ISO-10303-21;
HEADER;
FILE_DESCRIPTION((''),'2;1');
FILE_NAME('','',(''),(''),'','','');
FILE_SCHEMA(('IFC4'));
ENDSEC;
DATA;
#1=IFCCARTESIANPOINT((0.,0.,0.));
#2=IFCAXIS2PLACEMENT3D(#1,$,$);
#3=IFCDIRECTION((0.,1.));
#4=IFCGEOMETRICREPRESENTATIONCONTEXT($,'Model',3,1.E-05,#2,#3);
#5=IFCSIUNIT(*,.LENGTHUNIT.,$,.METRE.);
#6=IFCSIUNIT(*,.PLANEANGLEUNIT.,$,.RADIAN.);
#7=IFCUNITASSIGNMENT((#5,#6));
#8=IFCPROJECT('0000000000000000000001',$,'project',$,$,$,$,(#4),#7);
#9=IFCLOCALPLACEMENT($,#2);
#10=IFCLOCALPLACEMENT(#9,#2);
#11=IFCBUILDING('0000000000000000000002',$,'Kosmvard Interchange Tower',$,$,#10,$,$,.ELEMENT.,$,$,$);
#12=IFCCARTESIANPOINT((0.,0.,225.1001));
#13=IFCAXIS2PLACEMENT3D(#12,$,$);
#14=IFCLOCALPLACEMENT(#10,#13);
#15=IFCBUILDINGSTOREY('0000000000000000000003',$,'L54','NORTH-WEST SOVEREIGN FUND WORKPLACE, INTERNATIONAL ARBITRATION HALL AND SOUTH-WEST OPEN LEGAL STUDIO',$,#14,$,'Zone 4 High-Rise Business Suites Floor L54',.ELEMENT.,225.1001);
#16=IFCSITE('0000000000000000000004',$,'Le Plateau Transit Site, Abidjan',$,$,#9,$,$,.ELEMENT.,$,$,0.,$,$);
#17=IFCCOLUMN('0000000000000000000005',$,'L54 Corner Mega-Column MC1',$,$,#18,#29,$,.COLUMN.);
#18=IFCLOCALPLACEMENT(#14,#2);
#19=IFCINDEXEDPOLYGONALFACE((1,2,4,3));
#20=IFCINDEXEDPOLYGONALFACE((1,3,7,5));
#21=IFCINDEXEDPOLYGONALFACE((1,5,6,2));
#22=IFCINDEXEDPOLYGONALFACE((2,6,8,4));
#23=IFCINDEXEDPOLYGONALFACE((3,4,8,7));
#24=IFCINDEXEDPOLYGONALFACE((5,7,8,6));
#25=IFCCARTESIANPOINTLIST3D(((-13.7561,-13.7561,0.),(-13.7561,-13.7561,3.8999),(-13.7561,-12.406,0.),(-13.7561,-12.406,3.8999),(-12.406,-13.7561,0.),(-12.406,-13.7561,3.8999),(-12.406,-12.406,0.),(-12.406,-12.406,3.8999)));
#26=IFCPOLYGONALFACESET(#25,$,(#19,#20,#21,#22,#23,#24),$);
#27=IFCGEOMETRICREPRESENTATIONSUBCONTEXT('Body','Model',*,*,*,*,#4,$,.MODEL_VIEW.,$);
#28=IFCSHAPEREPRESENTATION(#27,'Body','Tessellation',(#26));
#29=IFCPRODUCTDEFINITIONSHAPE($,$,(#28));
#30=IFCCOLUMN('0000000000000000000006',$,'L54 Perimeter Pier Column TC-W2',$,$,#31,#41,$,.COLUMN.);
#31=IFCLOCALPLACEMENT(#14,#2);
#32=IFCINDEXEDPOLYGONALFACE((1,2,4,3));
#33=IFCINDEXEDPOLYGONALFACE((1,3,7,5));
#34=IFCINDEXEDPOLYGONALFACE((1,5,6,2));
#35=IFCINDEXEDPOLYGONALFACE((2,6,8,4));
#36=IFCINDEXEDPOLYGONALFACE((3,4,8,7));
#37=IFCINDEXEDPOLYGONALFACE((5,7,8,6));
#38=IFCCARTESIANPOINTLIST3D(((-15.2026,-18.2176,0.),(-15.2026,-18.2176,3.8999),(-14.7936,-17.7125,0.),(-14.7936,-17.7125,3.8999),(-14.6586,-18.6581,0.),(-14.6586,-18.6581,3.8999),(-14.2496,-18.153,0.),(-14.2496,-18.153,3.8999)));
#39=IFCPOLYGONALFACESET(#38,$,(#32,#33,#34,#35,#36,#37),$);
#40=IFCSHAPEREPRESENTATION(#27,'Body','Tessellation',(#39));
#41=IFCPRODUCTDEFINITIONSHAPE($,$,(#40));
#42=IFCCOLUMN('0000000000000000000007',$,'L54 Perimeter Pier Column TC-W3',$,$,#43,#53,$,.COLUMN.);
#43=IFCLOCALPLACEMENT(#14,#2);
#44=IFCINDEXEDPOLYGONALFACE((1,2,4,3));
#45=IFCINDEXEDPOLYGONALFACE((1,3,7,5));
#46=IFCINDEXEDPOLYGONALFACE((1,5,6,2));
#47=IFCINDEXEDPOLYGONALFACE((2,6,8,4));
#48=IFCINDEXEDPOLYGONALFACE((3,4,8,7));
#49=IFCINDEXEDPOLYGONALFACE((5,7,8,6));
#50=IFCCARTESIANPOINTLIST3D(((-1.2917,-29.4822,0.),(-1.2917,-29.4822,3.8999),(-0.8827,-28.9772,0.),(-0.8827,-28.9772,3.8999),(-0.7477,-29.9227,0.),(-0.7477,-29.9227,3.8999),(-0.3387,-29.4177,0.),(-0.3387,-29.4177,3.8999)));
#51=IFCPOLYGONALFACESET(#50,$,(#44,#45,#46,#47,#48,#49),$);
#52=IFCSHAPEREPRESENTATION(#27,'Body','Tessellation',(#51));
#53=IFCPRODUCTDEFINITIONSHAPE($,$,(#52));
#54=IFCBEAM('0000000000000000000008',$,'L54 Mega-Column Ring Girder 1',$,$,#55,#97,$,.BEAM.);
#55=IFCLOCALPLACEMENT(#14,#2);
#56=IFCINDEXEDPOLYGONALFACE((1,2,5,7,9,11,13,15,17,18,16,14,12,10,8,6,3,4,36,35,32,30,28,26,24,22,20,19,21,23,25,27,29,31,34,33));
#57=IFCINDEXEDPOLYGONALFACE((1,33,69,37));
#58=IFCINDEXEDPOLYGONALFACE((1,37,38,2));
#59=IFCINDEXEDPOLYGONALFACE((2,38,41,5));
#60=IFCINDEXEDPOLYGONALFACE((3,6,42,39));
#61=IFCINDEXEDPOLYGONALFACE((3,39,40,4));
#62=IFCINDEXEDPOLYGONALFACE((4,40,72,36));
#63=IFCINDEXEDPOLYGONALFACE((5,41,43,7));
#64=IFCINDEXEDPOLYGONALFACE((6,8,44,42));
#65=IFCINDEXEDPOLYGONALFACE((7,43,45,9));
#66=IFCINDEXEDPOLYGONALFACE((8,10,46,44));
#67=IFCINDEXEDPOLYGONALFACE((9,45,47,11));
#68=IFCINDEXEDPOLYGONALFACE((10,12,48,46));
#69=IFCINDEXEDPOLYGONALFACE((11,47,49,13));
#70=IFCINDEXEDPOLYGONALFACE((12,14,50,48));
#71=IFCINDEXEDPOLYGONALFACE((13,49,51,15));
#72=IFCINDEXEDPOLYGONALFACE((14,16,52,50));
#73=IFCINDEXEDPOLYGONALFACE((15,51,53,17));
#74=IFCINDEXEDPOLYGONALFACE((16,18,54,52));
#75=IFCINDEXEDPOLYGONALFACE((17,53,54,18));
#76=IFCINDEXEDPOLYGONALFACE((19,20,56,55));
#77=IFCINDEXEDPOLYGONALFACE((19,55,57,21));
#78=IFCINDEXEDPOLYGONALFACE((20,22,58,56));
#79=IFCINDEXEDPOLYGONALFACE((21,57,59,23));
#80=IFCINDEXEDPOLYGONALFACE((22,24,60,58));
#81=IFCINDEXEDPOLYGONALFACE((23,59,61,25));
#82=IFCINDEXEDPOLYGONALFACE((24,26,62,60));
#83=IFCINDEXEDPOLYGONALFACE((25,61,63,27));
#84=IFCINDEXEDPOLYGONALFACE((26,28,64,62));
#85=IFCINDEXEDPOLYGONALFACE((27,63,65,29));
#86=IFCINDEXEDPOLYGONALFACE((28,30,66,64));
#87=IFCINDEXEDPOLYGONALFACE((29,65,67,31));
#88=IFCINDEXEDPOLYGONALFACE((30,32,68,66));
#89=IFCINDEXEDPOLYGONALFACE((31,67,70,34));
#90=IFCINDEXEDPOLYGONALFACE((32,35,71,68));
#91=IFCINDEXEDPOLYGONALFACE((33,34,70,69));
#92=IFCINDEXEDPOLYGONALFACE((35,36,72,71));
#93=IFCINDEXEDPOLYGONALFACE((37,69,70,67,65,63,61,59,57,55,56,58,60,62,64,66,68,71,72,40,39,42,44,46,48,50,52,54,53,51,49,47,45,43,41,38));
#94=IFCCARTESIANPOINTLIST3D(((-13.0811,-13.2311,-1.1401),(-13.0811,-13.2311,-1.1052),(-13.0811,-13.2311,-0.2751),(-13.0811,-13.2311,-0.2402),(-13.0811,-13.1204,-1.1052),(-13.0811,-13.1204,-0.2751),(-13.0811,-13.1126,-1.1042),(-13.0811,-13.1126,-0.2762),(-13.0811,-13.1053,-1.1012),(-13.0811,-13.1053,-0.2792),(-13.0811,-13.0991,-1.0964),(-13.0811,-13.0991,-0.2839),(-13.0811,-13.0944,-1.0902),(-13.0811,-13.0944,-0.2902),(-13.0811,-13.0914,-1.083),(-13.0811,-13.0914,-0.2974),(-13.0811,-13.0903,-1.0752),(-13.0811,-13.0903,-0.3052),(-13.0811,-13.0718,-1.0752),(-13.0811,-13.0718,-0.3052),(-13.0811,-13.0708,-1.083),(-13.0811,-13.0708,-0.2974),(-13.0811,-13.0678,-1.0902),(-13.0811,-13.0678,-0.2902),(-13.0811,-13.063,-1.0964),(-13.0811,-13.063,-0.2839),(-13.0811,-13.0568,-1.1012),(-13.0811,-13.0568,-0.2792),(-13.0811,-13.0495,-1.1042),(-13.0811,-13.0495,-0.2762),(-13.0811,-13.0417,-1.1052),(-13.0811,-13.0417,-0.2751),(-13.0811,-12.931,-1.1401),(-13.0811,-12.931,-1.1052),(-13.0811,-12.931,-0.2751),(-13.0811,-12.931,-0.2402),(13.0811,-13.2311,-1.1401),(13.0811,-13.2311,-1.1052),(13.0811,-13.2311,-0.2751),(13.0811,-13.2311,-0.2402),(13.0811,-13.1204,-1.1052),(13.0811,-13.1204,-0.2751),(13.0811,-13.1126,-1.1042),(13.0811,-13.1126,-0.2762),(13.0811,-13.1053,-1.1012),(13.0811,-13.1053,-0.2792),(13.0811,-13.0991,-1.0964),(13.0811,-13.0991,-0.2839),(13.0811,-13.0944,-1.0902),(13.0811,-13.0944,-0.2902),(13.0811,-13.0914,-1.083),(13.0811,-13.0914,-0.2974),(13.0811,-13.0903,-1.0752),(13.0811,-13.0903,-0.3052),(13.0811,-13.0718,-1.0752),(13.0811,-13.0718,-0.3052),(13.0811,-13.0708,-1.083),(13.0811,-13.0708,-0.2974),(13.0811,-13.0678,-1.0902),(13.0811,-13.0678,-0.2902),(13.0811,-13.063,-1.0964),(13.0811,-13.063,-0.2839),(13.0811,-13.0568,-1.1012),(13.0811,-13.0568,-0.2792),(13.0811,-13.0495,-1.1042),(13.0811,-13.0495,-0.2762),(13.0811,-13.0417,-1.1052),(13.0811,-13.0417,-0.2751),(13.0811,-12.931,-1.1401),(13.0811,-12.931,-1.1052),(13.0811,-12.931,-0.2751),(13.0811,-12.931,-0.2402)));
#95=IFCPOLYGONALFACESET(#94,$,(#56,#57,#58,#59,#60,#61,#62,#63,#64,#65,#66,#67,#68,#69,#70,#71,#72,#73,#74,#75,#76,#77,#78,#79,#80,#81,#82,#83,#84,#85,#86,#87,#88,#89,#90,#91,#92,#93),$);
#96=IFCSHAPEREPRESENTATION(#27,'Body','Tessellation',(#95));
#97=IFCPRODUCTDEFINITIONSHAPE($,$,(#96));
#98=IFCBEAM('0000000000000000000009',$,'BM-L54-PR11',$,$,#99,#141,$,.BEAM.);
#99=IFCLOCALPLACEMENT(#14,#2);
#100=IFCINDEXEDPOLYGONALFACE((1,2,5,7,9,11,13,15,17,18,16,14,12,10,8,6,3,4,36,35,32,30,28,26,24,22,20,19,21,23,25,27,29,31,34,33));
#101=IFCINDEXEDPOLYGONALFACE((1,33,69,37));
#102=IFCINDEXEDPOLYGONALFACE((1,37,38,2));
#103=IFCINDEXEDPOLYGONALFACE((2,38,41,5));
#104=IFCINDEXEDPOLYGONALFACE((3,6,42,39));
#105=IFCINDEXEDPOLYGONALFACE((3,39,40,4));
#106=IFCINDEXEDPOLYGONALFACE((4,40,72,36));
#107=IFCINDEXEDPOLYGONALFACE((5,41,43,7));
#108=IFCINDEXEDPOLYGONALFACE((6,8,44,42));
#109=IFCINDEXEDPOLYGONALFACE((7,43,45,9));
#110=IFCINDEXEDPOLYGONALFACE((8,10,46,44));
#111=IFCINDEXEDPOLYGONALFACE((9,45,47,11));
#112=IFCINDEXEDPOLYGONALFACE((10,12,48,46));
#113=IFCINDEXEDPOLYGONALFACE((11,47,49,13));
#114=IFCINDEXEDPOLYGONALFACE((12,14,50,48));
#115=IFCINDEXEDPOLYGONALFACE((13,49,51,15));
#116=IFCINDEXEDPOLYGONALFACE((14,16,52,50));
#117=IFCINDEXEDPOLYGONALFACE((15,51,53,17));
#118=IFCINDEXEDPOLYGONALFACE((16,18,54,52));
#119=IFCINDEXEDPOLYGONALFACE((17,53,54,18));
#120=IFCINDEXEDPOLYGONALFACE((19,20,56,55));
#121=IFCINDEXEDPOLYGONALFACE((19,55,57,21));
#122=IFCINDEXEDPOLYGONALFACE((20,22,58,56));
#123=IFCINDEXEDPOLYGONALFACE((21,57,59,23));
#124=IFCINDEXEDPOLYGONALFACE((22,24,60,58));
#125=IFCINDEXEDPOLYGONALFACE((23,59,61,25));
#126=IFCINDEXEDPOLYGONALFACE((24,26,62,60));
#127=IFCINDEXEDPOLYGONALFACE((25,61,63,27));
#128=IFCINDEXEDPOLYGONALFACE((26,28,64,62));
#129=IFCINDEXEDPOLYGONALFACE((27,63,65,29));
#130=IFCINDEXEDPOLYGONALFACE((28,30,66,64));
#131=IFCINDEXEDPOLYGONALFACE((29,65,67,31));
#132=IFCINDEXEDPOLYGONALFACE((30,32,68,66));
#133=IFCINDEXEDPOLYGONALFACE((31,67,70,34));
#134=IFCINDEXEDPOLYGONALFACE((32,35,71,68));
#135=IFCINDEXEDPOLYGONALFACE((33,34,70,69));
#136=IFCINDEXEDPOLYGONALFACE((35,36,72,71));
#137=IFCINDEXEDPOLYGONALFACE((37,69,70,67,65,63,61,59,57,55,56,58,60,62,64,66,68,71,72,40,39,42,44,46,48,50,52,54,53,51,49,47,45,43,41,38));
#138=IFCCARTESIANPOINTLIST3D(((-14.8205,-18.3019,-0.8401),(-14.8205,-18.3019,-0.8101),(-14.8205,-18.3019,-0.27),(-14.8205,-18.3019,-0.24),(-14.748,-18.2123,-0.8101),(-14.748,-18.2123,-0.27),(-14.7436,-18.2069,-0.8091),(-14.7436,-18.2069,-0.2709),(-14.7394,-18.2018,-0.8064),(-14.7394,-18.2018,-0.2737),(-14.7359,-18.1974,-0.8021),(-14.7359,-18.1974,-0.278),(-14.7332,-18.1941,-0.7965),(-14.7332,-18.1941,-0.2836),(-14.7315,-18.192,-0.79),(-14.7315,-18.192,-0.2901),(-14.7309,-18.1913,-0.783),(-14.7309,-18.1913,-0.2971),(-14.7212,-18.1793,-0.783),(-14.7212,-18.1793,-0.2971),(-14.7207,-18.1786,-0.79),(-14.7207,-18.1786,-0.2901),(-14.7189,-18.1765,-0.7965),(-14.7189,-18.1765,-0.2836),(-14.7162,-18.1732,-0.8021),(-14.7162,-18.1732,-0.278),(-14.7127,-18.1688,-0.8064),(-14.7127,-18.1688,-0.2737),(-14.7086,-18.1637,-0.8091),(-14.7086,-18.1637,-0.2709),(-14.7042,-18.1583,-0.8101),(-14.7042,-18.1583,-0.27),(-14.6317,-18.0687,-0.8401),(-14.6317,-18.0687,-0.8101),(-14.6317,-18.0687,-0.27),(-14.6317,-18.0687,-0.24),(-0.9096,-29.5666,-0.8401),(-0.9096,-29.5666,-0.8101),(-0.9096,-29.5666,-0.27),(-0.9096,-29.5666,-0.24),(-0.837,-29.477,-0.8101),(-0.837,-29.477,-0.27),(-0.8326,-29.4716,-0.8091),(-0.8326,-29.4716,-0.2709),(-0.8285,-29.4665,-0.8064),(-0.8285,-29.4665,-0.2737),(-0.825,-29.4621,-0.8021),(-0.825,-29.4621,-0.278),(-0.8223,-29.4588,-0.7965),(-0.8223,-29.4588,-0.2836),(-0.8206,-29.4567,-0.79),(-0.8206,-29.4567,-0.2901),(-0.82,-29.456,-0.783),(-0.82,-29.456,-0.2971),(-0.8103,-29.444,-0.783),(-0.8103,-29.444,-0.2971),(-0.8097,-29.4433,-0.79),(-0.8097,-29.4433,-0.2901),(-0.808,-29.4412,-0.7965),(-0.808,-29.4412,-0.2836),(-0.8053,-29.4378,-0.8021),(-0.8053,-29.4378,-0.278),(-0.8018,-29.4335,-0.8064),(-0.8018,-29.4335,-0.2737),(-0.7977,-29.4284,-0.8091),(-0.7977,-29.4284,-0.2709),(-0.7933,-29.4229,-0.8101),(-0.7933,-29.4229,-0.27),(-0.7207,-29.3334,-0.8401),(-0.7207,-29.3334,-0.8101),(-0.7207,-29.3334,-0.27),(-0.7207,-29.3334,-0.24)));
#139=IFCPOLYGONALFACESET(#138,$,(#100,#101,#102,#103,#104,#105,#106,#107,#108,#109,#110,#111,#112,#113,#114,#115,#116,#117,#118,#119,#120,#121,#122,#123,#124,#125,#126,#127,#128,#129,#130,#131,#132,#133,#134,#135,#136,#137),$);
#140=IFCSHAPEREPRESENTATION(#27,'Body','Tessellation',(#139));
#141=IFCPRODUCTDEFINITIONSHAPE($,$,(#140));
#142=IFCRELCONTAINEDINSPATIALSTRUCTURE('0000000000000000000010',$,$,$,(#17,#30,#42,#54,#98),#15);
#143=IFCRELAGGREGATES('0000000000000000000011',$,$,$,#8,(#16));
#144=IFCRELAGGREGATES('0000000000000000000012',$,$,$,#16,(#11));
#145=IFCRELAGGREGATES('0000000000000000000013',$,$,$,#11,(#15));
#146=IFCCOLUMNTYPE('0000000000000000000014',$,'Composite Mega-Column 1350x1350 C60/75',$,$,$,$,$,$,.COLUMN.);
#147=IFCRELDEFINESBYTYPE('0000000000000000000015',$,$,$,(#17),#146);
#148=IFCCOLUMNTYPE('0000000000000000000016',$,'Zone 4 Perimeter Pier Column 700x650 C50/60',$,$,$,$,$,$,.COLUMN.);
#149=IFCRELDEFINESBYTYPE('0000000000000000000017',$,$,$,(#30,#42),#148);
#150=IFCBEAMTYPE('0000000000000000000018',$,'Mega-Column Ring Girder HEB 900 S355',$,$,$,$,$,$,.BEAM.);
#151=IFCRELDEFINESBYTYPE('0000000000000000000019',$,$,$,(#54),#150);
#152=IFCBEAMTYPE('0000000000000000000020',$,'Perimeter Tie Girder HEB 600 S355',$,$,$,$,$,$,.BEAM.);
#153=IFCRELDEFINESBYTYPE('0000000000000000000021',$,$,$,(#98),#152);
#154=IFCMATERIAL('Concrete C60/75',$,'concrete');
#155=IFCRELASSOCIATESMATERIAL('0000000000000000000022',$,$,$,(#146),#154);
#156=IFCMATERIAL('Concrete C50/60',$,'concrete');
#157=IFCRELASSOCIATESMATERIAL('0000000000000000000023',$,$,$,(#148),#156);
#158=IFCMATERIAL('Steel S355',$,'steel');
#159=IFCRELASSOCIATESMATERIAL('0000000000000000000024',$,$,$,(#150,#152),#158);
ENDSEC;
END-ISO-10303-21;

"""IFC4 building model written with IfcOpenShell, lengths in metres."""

from ifc_helpers import new_model, si_unit, direction, frame, origin, origin_2d, place, context, subcontext, project, spatial, rectangle, i_section, extrude, source, transform, mapped, material, material_profile, profile_set, type_object, element, save


model = new_model("IFC4")

# Units and contexts
model_context = context("Model", 3, precision=1e-05, world=origin(), true_north=direction((0.0, 1.0)))
body_context = subcontext(model_context, "Body", "Model", "MODEL_VIEW")
ifc_project = project(units=[si_unit("LENGTHUNIT", "METRE"), si_unit("PLANEANGLEUNIT", "RADIAN")], contexts=[model_context])

# Site, building, storey
site_placement = place(None, origin())
site = spatial("IfcSite", under=ifc_project, at=site_placement, Name="Le Plateau Transit Site, Abidjan", CompositionType="ELEMENT", RefElevation=0.0)
building_placement = place(site_placement, origin())
building = spatial("IfcBuilding", under=site, at=building_placement, Name="Kosmvard Interchange Tower", CompositionType="ELEMENT")
storey_placement = place(building_placement, frame((0.0, 0.0, 225.1001)))
storey = spatial("IfcBuildingStorey", under=building, at=storey_placement, Name="L54", Description="NORTH-WEST SOVEREIGN FUND WORKPLACE, INTERNATIONAL ARBITRATION HALL AND SOUTH-WEST OPEN LEGAL STUDIO", LongName="Zone 4 High-Rise Business Suites Floor L54", CompositionType="ELEMENT", Elevation=225.1001)

# Columns
ifc_material_1 = material(Name="Concrete C60/75", Category="concrete")
ifc_material_profile_1 = material_profile(ifc_material_1, rectangle(XDim=1.3501, YDim=1.3501, at=origin_2d()), Name="MC 1350x1350")
ifc_profile_set_1 = profile_set([ifc_material_profile_1], Name="Concrete C60/75")
column_type_1 = type_object("IfcColumnType", Name="Composite Mega-Column 1350x1350 C60/75", PredefinedType="COLUMN", material=ifc_profile_set_1)
shared_shape_1 = source(origin(), body_context, "Body", "SweptSolid", [
    extrude(rectangle(XDim=1.3501, YDim=1.3501, at=origin_2d()), origin(), (0.0, 0.0, 1.0), 3.8999),
])
column_placement = place(storey_placement, frame((-13.0811, -13.0811, 0.0), z_axis=(0.0, 0.0, 1.0), x_axis=(1.0, 0.0, 0.0)))
element("IfcColumn", 1, at=column_placement, inside=storey, type_object=column_type_1, Name="L54 Corner Mega-Column MC1", PredefinedType="COLUMN", context=body_context, shape_type="MappedRepresentation", body=[
    mapped(shared_shape_1, transform((0.0, 0.0, 0.0), scale=1.0)),
])
ifc_material_2 = material(Name="Concrete C50/60", Category="concrete")
ifc_material_profile_2 = material_profile(ifc_material_2, rectangle(XDim=0.6499, YDim=0.7, at=origin_2d()), Name="TC 700x650")
ifc_profile_set_2 = profile_set([ifc_material_profile_2], Name="Concrete C50/60")
column_type_2 = type_object("IfcColumnType", Name="Zone 4 Perimeter Pier Column 700x650 C50/60", PredefinedType="COLUMN", material=ifc_profile_set_2)
shared_shape_2 = source(origin(), body_context, "Body", "SweptSolid", [
    extrude(rectangle(XDim=0.6499, YDim=0.7, at=origin_2d()), origin(), (0.0, 0.0, 1.0), 3.8999),
])
for number, where, z_axis, x_axis, name in (
    (2, (-14.7261, -18.1853, 0.0), (0.0, 0.0, 1.0), (0.62932, 0.777146, 0.0), "L54 Perimeter Pier Column TC-W2"),
    (3, (-0.8152, -29.45, 0.0), (0.0, 0.0, 1.0), (0.62932, 0.777146, 0.0), "L54 Perimeter Pier Column TC-W3"),
):
    element("IfcColumn", number, at=place(storey_placement, frame(where, z_axis=z_axis, x_axis=x_axis)), inside=storey, type_object=column_type_2, Name=name, PredefinedType="COLUMN", context=body_context, shape_type="MappedRepresentation", body=[
        mapped(shared_shape_2, transform((0.0, 0.0, 0.0), scale=1.0)),
    ])

# Beams
ifc_material_3 = material(Name="Steel S355", Category="steel")
ifc_material_profile_3 = material_profile(ifc_material_3, i_section(OverallWidth=0.3, OverallDepth=0.8999, WebThickness=0.0186, FlangeThickness=0.0349, FilletRadius=0.03, at=origin_2d()), Name="HEB 900")
ifc_profile_set_3 = profile_set([ifc_material_profile_3], Name="Steel S355")
beam_type_1 = type_object("IfcBeamType", Name="Mega-Column Ring Girder HEB 900 S355", PredefinedType="BEAM", material=ifc_profile_set_3)
shared_shape_3 = source(origin(), body_context, "Body", "SweptSolid", [
    extrude(i_section(OverallWidth=0.3, OverallDepth=0.8999, WebThickness=0.0186, FlangeThickness=0.0349, FilletRadius=0.03, at=origin_2d()), origin(), (0.0, 0.0, 1.0), 26.1621),
])
beam_1_placement = place(storey_placement, frame((-13.0811, -13.0811, -0.6902), z_axis=(1.0, 0.0, 0.0), x_axis=(0.0, 1.0, 0.0)))
element("IfcBeam", 4, at=beam_1_placement, inside=storey, type_object=beam_type_1, Name="L54 Mega-Column Ring Girder 1", PredefinedType="BEAM", context=body_context, shape_type="MappedRepresentation", body=[
    mapped(shared_shape_3, transform((0.0, 0.0, 0.0), scale=1.0)),
])
ifc_material_profile_4 = material_profile(ifc_material_3, i_section(OverallWidth=0.3, OverallDepth=0.6001, WebThickness=0.0154, FlangeThickness=0.03, FilletRadius=0.0271, at=origin_2d()), Name="HEB 600")
ifc_profile_set_4 = profile_set([ifc_material_profile_4], Name="Steel S355")
beam_type_2 = type_object("IfcBeamType", Name="Perimeter Tie Girder HEB 600 S355", PredefinedType="BEAM", material=ifc_profile_set_4)
shared_shape_4 = source(origin(), body_context, "Body", "SweptSolid", [
    extrude(i_section(OverallWidth=0.3, OverallDepth=0.6001, WebThickness=0.0154, FlangeThickness=0.03, FilletRadius=0.0271, at=origin_2d()), origin(), (0.0, 0.0, 1.0), 17.8999),
])
beam_2_placement = place(storey_placement, frame((-14.7261, -18.1853, -0.54), z_axis=(0.777151, -0.629315, 0.0), x_axis=(0.629315, 0.777151, 0.0)))
element("IfcBeam", 5, at=beam_2_placement, inside=storey, type_object=beam_type_2, Name="BM-L54-PR11", PredefinedType="BEAM", context=body_context, shape_type="MappedRepresentation", body=[
    mapped(shared_shape_4, transform((0.0, 0.0, 0.0), scale=1.0)),
])

save(model, "model.ifc")
